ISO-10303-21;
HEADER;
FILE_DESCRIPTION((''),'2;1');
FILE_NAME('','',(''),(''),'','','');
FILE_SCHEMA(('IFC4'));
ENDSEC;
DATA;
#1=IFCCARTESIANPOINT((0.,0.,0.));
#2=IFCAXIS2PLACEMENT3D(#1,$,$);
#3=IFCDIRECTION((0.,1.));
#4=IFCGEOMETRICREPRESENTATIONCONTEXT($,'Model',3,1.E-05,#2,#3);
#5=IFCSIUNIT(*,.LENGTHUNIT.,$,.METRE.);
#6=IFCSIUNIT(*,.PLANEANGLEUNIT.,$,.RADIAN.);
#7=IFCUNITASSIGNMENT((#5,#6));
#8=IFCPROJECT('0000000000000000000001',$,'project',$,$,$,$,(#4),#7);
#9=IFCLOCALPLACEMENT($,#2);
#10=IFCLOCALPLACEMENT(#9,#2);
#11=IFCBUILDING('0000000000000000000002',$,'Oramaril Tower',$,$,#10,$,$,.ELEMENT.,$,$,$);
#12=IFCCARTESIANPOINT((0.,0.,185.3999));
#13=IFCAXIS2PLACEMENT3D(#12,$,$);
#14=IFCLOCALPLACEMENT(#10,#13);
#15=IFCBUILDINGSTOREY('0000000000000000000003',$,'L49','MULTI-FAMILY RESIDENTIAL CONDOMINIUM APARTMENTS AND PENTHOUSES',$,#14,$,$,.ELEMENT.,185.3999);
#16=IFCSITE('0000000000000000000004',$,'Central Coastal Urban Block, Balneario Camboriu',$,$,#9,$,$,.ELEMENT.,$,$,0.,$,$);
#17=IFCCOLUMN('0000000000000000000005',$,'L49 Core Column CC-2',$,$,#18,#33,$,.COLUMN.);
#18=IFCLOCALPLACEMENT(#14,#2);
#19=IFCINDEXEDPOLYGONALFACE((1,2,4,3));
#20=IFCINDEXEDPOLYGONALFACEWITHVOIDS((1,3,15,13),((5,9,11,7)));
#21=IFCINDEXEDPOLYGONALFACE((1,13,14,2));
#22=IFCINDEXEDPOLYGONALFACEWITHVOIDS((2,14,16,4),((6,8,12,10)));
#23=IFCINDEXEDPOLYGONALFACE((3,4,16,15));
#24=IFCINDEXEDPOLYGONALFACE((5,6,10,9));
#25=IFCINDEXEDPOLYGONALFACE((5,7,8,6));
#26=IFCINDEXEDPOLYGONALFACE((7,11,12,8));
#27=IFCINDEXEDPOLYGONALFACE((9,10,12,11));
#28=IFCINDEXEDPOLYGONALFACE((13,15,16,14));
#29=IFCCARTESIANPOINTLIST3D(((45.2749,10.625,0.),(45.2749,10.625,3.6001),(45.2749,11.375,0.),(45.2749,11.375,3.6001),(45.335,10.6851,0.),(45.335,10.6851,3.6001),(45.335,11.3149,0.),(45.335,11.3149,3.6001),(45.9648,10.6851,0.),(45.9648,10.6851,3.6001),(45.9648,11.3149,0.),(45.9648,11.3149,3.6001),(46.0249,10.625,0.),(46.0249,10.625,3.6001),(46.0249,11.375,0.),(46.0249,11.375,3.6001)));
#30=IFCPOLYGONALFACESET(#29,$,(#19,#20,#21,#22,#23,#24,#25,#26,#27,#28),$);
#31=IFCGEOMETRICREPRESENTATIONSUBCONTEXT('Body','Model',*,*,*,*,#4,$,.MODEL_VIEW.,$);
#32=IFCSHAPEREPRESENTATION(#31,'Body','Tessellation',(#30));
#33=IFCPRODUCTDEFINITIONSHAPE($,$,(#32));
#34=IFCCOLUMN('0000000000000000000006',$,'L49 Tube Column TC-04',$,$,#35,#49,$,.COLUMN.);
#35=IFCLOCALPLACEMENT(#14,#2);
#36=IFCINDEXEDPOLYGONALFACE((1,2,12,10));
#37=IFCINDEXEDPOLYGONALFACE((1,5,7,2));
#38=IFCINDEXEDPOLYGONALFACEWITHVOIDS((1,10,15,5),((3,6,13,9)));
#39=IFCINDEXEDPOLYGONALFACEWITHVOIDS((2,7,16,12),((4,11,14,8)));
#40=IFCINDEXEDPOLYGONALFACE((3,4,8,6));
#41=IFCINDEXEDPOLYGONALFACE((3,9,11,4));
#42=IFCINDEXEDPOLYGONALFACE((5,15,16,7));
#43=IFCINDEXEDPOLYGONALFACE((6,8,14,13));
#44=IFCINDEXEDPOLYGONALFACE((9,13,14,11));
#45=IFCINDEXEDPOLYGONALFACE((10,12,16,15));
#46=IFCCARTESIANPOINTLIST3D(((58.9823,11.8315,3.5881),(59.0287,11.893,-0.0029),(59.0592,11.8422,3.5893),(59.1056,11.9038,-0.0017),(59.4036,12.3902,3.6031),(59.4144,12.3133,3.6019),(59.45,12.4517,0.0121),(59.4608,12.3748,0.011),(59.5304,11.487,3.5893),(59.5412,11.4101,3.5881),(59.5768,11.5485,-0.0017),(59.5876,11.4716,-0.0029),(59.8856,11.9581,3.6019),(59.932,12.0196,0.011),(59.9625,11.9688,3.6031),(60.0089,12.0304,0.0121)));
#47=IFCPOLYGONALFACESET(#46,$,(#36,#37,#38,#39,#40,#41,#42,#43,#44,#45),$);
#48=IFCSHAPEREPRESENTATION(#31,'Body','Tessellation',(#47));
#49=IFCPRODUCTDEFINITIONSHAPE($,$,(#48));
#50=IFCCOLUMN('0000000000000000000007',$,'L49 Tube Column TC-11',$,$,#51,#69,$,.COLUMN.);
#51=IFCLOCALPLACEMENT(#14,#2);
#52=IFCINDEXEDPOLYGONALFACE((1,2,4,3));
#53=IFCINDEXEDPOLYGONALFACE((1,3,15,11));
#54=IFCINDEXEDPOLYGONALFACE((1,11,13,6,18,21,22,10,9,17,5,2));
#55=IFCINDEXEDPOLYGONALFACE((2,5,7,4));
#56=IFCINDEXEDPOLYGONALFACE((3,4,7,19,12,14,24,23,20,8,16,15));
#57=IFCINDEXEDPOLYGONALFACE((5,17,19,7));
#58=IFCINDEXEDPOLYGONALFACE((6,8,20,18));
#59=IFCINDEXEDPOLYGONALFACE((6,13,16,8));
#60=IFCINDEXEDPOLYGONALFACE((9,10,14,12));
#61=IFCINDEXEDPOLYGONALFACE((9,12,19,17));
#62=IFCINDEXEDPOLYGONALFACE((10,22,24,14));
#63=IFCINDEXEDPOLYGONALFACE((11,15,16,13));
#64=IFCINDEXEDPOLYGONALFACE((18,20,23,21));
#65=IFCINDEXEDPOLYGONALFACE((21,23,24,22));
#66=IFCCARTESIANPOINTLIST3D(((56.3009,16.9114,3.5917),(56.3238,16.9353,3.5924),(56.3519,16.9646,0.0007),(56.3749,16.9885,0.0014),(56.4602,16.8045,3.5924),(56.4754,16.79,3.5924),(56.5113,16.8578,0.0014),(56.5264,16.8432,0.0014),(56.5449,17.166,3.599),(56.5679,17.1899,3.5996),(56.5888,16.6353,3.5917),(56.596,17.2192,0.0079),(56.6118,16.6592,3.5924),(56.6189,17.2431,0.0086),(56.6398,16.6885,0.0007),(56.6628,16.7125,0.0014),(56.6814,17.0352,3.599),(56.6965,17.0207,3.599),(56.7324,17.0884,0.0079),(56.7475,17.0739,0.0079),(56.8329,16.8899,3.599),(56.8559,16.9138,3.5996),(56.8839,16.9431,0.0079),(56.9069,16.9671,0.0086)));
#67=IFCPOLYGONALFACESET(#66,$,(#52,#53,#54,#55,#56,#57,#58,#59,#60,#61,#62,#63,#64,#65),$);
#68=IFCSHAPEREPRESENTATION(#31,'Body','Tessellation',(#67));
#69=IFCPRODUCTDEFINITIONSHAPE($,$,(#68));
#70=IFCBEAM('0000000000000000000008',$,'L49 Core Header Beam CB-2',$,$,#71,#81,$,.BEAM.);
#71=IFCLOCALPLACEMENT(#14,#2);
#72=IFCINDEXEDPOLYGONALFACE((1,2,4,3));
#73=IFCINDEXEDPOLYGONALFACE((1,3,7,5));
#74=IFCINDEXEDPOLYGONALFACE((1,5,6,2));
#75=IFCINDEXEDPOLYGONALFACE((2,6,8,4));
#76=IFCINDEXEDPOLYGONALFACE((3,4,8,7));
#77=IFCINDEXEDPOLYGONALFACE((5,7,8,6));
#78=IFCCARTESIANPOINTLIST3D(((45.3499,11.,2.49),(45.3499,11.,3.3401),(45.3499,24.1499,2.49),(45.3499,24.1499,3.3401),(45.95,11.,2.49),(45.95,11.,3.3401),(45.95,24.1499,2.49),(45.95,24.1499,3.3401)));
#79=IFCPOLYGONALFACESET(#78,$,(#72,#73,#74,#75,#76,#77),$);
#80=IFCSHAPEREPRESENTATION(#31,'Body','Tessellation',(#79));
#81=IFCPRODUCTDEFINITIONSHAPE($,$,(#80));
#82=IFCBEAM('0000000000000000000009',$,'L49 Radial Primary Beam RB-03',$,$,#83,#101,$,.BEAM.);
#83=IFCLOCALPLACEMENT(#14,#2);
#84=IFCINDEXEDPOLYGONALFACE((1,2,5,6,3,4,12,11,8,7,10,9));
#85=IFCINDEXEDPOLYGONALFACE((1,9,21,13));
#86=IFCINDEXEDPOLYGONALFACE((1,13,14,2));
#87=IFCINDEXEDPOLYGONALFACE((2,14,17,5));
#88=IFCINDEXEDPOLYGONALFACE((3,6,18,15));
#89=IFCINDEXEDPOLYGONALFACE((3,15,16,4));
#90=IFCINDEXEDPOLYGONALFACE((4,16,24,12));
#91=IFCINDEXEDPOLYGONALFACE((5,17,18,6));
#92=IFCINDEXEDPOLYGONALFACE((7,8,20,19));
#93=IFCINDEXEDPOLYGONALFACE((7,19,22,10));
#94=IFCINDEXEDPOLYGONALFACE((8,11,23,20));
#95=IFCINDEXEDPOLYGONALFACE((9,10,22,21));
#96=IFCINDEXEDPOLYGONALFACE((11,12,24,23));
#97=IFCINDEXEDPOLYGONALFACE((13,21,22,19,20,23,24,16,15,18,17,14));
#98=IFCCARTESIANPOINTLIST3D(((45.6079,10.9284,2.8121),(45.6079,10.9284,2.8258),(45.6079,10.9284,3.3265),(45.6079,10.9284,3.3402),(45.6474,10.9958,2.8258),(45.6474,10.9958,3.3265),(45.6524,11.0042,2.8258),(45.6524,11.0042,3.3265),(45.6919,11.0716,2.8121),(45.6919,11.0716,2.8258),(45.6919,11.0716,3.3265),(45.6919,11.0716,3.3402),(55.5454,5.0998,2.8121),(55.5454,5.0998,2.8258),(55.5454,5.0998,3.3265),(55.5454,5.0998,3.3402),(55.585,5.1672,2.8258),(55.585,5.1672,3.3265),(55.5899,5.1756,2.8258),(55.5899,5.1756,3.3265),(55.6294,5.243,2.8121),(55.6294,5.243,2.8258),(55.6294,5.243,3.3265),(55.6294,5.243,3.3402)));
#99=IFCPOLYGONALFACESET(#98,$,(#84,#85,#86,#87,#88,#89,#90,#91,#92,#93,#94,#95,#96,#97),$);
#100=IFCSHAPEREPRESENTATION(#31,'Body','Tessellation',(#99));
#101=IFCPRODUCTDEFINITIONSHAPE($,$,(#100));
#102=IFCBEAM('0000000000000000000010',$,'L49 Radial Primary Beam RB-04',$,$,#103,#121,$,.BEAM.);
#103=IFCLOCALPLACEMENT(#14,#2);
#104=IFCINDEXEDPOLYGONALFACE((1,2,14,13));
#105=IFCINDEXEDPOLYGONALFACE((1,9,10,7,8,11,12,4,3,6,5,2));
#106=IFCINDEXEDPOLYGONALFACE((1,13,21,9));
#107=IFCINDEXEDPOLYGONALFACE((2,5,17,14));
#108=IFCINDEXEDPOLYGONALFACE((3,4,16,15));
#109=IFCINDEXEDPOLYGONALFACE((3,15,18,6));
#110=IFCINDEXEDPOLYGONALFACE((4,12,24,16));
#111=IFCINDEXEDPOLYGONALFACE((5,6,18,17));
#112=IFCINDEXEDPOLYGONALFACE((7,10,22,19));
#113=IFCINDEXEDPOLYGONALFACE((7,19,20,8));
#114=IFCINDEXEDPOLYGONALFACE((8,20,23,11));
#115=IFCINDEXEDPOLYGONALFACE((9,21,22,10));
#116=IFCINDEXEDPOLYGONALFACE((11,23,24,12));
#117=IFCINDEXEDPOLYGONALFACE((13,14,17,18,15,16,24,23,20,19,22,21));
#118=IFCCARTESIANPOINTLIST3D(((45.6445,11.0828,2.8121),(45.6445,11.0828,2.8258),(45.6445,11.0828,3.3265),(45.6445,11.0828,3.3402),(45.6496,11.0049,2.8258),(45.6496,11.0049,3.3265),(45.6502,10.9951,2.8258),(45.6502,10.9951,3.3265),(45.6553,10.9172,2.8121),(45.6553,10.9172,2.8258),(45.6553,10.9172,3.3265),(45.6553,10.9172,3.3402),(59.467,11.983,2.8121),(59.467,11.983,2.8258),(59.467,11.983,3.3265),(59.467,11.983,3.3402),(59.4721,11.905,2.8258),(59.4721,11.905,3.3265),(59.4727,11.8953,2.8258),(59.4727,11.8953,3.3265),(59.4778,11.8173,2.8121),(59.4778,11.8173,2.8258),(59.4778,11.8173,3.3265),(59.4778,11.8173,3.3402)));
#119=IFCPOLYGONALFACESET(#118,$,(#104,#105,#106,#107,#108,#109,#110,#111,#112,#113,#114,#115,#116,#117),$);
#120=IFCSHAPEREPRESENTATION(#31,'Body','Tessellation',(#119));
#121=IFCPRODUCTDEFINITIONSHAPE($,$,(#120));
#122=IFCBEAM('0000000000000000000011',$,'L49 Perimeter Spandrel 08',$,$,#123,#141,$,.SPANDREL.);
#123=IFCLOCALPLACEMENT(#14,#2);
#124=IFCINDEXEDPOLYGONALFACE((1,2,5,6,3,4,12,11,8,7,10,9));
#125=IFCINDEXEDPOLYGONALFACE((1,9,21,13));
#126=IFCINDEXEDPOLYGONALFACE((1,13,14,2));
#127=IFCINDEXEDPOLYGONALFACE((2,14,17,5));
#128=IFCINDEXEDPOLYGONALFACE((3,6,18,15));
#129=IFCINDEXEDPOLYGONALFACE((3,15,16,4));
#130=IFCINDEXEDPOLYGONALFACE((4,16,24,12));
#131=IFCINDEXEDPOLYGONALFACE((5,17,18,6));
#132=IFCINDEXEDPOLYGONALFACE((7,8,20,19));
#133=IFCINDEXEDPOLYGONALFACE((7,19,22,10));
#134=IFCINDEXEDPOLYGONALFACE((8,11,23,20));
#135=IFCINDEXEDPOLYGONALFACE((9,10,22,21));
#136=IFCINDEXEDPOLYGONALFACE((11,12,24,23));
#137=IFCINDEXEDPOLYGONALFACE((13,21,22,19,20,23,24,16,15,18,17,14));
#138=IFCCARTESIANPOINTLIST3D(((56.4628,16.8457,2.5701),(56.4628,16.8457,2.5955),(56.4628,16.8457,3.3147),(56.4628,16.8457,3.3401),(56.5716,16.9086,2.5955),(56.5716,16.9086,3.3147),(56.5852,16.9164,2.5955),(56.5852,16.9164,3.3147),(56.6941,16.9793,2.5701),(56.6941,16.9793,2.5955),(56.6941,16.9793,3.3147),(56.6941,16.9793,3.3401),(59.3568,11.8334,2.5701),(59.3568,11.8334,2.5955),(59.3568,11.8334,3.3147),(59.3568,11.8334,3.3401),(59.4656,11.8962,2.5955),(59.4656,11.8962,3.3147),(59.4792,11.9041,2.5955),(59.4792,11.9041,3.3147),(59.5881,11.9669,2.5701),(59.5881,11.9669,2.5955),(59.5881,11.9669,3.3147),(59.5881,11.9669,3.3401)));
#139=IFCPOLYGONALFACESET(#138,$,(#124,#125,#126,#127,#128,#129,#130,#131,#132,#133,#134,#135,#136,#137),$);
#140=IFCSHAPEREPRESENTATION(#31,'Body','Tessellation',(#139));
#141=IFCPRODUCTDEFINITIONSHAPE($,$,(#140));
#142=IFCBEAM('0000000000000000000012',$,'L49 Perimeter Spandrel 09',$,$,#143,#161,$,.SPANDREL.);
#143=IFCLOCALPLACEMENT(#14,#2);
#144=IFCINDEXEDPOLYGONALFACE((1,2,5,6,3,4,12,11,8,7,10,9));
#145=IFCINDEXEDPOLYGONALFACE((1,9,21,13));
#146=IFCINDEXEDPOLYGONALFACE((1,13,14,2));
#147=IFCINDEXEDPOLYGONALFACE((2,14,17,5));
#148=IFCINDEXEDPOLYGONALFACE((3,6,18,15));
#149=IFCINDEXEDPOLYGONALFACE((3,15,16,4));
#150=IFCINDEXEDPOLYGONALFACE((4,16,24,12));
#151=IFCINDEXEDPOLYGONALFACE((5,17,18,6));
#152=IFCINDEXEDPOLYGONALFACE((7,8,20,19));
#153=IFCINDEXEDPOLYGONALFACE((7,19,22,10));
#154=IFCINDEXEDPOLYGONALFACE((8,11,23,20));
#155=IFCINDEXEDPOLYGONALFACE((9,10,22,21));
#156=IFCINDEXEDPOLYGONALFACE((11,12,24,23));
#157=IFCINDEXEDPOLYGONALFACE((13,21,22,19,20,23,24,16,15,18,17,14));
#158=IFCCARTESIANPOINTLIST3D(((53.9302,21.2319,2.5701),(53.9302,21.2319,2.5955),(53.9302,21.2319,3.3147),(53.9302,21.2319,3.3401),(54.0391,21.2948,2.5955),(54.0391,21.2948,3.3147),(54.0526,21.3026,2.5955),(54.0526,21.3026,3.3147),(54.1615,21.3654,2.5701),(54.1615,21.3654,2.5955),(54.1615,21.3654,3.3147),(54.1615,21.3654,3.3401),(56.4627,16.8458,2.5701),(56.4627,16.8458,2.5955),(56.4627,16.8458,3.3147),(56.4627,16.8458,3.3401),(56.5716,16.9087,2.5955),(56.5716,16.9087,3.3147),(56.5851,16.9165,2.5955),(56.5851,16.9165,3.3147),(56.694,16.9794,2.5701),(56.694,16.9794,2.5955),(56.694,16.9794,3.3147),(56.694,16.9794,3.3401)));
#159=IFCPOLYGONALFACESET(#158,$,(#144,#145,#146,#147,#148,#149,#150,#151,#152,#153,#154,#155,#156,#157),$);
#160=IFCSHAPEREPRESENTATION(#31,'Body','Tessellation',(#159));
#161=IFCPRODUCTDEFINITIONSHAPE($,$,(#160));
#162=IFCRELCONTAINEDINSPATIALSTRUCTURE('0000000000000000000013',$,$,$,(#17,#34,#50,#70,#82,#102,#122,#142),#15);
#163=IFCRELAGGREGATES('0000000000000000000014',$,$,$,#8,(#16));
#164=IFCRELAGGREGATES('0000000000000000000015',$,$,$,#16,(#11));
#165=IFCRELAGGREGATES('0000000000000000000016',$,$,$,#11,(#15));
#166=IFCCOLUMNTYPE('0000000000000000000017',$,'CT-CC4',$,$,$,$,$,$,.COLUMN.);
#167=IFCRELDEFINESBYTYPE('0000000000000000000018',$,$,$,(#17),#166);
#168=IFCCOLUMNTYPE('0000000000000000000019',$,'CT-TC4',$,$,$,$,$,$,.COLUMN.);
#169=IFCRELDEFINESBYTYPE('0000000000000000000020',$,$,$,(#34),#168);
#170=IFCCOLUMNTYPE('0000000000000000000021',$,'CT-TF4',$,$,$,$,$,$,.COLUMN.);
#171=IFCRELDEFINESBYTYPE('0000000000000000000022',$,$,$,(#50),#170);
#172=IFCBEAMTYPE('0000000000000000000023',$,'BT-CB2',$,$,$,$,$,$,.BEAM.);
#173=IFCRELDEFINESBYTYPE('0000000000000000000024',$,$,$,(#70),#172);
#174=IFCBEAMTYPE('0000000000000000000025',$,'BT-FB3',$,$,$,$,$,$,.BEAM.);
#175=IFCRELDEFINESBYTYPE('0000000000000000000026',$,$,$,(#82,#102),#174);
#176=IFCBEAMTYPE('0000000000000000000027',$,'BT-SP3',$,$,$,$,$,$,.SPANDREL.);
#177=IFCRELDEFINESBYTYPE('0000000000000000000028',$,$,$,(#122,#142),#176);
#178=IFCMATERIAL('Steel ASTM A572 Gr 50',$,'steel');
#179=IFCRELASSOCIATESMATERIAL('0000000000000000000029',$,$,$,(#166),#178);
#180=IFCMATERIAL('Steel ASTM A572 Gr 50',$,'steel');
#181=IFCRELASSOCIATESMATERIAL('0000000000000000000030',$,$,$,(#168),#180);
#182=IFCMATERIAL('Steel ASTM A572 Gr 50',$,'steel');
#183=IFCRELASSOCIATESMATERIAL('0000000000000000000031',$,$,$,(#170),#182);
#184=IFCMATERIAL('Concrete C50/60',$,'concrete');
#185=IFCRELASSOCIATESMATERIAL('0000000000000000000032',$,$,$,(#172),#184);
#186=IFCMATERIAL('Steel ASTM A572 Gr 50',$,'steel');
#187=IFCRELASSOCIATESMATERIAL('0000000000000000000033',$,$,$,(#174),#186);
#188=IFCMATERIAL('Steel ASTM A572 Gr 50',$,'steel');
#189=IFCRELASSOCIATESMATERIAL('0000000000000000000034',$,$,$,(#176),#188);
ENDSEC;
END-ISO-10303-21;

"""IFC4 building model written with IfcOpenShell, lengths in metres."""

from ifc_helpers import new_model, si_unit, direction, frame, origin, origin_2d, place, context, subcontext, project, spatial, rectangle, hollow_rectangle, i_section, extrude, material, material_profile, profile_set, type_object, element, save


model = new_model("IFC4")

# Units and contexts
model_context = context("Model", 3, precision=1e-05, world=origin(), true_north=direction((0.0, 1.0)))
body_context = subcontext(model_context, "Body", "Model", "MODEL_VIEW")
ifc_project = project(units=[si_unit("LENGTHUNIT", "METRE"), si_unit("PLANEANGLEUNIT", "RADIAN")], contexts=[model_context])

# Site, building, storey
site_placement = place(None, origin())
site = spatial("IfcSite", under=ifc_project, at=site_placement, Name="Central Coastal Urban Block, Balneario Camboriu", CompositionType="ELEMENT", RefElevation=0.0)
building_placement = place(site_placement, origin())
building = spatial("IfcBuilding", under=site, at=building_placement, Name="Oramaril Tower", CompositionType="ELEMENT")
storey_placement = place(building_placement, frame((0.0, 0.0, 185.3999)))
storey = spatial("IfcBuildingStorey", under=building, at=storey_placement, Name="L49", Description="MULTI-FAMILY RESIDENTIAL CONDOMINIUM APARTMENTS AND PENTHOUSES", CompositionType="ELEMENT", Elevation=185.3999)

# Columns
ifc_material_1 = material(Name="Steel ASTM A572 Gr 50", Category="steel")
ifc_material_profile_1 = material_profile(ifc_material_1, hollow_rectangle(XDim=0.75, YDim=0.75, WallThickness=0.0601, at=origin_2d()), Name="BOX750X750X60")
ifc_profile_set_1 = profile_set([ifc_material_profile_1], Name="Steel ASTM A572 Gr 50")
column_type_1 = type_object("IfcColumnType", Name="CT-CC4", PredefinedType="COLUMN", material=ifc_profile_set_1)
column_1_placement = place(storey_placement, frame((45.6499, 11.0, 0.0), z_axis=(0.0, 0.0, 1.0), x_axis=(1.0, 0.0, 0.0)))
element("IfcColumn", 1, at=column_1_placement, inside=storey, type_object=column_type_1, Name="L49 Core Column CC-2", PredefinedType="COLUMN", context=body_context, shape_type="SweptSolid", body=[
    extrude(hollow_rectangle(XDim=0.75, YDim=0.75, WallThickness=0.0601, at=origin_2d()), origin(), (0.0, 0.0, 1.0), 3.6001),
])
ifc_material_2 = material(Name="Steel ASTM A572 Gr 50", Category="steel")
ifc_material_profile_2 = material_profile(ifc_material_2, hollow_rectangle(XDim=0.7, YDim=0.7, WallThickness=0.0549, at=origin_2d()), Name="BOX700X700X55")
ifc_profile_set_2 = profile_set([ifc_material_profile_2], Name="Steel ASTM A572 Gr 50")
column_type_2 = type_object("IfcColumnType", Name="CT-TC4", PredefinedType="COLUMN", material=ifc_profile_set_2)
column_2_placement = place(storey_placement, frame((59.5188, 11.9617, 0.0046), z_axis=(-0.012914, -0.017128, 0.99977), x_axis=(0.798477, -0.602026, 0.0)))
element("IfcColumn", 2, at=column_2_placement, inside=storey, type_object=column_type_2, Name="L49 Tube Column TC-04", PredefinedType="COLUMN", context=body_context, shape_type="SweptSolid", body=[
    extrude(hollow_rectangle(XDim=0.7, YDim=0.7, WallThickness=0.0549, at=origin_2d()), origin(), (0.0, 0.0, 1.0), 3.5918),
])
ifc_material_3 = material(Name="Steel ASTM A572 Gr 50", Category="steel")
ifc_material_profile_3 = material_profile(ifc_material_3, i_section(OverallWidth=0.3989, OverallDepth=0.386, WebThickness=0.021, FlangeThickness=0.0332, at=origin_2d()), Name="W14X176")
ifc_profile_set_3 = profile_set([ifc_material_profile_3], Name="Steel ASTM A572 Gr 50")
column_type_3 = type_object("IfcColumnType", Name="CT-TF4", PredefinedType="COLUMN", material=ifc_profile_set_3)
column_3_placement = place(storey_placement, frame((56.6294, 16.9658, 0.0046), z_axis=(-0.014206, -0.014818, 0.999789), x_axis=(0.72185, -0.692049, 0.0)))
element("IfcColumn", 3, at=column_3_placement, inside=storey, type_object=column_type_3, Name="L49 Tube Column TC-11", PredefinedType="COLUMN", context=body_context, shape_type="SweptSolid", body=[
    extrude(i_section(OverallWidth=0.3989, OverallDepth=0.386, WebThickness=0.021, FlangeThickness=0.0332, at=origin_2d()), origin(), (0.0, 0.0, 1.0), 3.5918),
])

# Beams
ifc_material_4 = material(Name="Concrete C50/60", Category="concrete")
ifc_material_profile_4 = material_profile(ifc_material_4, rectangle(XDim=0.6001, YDim=0.8501, at=origin_2d()), Name="CB600X850")
ifc_profile_set_4 = profile_set([ifc_material_profile_4], Name="Concrete C50/60")
beam_type_1 = type_object("IfcBeamType", Name="BT-CB2", PredefinedType="BEAM", material=ifc_profile_set_4)
beam_1_placement = place(storey_placement, frame((45.6499, 11.0, 2.915), z_axis=(0.0, 1.0, 0.0), x_axis=(-1.0, 0.0, 0.0)))
element("IfcBeam", 4, at=beam_1_placement, inside=storey, type_object=beam_type_1, Name="L49 Core Header Beam CB-2", PredefinedType="BEAM", context=body_context, shape_type="SweptSolid", body=[
    extrude(rectangle(XDim=0.6001, YDim=0.8501, at=origin_2d()), origin(), (0.0, 0.0, 1.0), 13.1499),
])
ifc_material_5 = material(Name="Steel ASTM A572 Gr 50", Category="steel")
ifc_material_profile_5 = material_profile(ifc_material_5, i_section(OverallWidth=0.166, OverallDepth=0.5281, WebThickness=0.0098, FlangeThickness=0.0137, at=origin_2d()), Name="W21X50")
ifc_profile_set_5 = profile_set([ifc_material_profile_5], Name="Steel ASTM A572 Gr 50")
beam_type_2 = type_object("IfcBeamType", Name="BT-FB3", PredefinedType="BEAM", material=ifc_profile_set_5)
beam_2_placement = place(storey_placement, frame((45.6499, 11.0, 3.0762), z_axis=(0.862577, -0.505925, 0.0), x_axis=(0.505925, 0.862577, 0.0)))
element("IfcBeam", 5, at=beam_2_placement, inside=storey, type_object=beam_type_2, Name="L49 Radial Primary Beam RB-03", PredefinedType="BEAM", context=body_context, shape_type="SweptSolid", body=[
    extrude(i_section(OverallWidth=0.166, OverallDepth=0.5281, WebThickness=0.0098, FlangeThickness=0.0137, at=origin_2d()), origin(), (0.0, 0.0, 1.0), 11.5208),
])
beam_3_placement = place(storey_placement, frame((45.6499, 11.0, 3.0762), z_axis=(0.997886, 0.064984, 0.0), x_axis=(-0.064984, 0.997886, 0.0)))
element("IfcBeam", 6, at=beam_3_placement, inside=storey, type_object=beam_type_2, Name="L49 Radial Primary Beam RB-04", PredefinedType="BEAM", context=body_context, shape_type="SweptSolid", body=[
    extrude(i_section(OverallWidth=0.166, OverallDepth=0.5281, WebThickness=0.0098, FlangeThickness=0.0137, at=origin_2d()), origin(), (0.0, 0.0, 1.0), 13.8518),
])
ifc_material_6 = material(Name="Steel ASTM A572 Gr 50", Category="steel")
ifc_material_profile_6 = material_profile(ifc_material_6, i_section(OverallWidth=0.2671, OverallDepth=0.77, WebThickness=0.0156, FlangeThickness=0.0254, at=origin_2d()), Name="W30X132")
ifc_profile_set_6 = profile_set([ifc_material_profile_6], Name="Steel ASTM A572 Gr 50")
beam_type_3 = type_object("IfcBeamType", Name="BT-SP3", PredefinedType="SPANDREL", material=ifc_profile_set_6)
beam_4_placement = place(storey_placement, frame((59.4724, 11.9001, 2.9551), z_axis=(-0.500013, 0.866018, 0.0), x_axis=(-0.866018, -0.500013, 0.0)))
element("IfcBeam", 7, at=beam_4_placement, inside=storey, type_object=beam_type_3, Name="L49 Perimeter Spandrel 08", PredefinedType="SPANDREL", context=body_context, shape_type="SweptSolid", body=[
    extrude(i_section(OverallWidth=0.2671, OverallDepth=0.77, WebThickness=0.0156, FlangeThickness=0.0254, at=origin_2d()), origin(), (0.0, 0.0, 1.0), 5.7878),
])
beam_5_placement = place(storey_placement, frame((56.5784, 16.9126, 2.9551), z_axis=(-0.500033, 0.866007, 0.0), x_axis=(-0.866007, -0.500033, 0.0)))
element("IfcBeam", 8, at=beam_5_placement, inside=storey, type_object=beam_type_3, Name="L49 Perimeter Spandrel 09", PredefinedType="SPANDREL", context=body_context, shape_type="SweptSolid", body=[
    extrude(i_section(OverallWidth=0.2671, OverallDepth=0.77, WebThickness=0.0156, FlangeThickness=0.0254, at=origin_2d()), origin(), (0.0, 0.0, 1.0), 5.0647),
])

save(model, "model.ifc")
